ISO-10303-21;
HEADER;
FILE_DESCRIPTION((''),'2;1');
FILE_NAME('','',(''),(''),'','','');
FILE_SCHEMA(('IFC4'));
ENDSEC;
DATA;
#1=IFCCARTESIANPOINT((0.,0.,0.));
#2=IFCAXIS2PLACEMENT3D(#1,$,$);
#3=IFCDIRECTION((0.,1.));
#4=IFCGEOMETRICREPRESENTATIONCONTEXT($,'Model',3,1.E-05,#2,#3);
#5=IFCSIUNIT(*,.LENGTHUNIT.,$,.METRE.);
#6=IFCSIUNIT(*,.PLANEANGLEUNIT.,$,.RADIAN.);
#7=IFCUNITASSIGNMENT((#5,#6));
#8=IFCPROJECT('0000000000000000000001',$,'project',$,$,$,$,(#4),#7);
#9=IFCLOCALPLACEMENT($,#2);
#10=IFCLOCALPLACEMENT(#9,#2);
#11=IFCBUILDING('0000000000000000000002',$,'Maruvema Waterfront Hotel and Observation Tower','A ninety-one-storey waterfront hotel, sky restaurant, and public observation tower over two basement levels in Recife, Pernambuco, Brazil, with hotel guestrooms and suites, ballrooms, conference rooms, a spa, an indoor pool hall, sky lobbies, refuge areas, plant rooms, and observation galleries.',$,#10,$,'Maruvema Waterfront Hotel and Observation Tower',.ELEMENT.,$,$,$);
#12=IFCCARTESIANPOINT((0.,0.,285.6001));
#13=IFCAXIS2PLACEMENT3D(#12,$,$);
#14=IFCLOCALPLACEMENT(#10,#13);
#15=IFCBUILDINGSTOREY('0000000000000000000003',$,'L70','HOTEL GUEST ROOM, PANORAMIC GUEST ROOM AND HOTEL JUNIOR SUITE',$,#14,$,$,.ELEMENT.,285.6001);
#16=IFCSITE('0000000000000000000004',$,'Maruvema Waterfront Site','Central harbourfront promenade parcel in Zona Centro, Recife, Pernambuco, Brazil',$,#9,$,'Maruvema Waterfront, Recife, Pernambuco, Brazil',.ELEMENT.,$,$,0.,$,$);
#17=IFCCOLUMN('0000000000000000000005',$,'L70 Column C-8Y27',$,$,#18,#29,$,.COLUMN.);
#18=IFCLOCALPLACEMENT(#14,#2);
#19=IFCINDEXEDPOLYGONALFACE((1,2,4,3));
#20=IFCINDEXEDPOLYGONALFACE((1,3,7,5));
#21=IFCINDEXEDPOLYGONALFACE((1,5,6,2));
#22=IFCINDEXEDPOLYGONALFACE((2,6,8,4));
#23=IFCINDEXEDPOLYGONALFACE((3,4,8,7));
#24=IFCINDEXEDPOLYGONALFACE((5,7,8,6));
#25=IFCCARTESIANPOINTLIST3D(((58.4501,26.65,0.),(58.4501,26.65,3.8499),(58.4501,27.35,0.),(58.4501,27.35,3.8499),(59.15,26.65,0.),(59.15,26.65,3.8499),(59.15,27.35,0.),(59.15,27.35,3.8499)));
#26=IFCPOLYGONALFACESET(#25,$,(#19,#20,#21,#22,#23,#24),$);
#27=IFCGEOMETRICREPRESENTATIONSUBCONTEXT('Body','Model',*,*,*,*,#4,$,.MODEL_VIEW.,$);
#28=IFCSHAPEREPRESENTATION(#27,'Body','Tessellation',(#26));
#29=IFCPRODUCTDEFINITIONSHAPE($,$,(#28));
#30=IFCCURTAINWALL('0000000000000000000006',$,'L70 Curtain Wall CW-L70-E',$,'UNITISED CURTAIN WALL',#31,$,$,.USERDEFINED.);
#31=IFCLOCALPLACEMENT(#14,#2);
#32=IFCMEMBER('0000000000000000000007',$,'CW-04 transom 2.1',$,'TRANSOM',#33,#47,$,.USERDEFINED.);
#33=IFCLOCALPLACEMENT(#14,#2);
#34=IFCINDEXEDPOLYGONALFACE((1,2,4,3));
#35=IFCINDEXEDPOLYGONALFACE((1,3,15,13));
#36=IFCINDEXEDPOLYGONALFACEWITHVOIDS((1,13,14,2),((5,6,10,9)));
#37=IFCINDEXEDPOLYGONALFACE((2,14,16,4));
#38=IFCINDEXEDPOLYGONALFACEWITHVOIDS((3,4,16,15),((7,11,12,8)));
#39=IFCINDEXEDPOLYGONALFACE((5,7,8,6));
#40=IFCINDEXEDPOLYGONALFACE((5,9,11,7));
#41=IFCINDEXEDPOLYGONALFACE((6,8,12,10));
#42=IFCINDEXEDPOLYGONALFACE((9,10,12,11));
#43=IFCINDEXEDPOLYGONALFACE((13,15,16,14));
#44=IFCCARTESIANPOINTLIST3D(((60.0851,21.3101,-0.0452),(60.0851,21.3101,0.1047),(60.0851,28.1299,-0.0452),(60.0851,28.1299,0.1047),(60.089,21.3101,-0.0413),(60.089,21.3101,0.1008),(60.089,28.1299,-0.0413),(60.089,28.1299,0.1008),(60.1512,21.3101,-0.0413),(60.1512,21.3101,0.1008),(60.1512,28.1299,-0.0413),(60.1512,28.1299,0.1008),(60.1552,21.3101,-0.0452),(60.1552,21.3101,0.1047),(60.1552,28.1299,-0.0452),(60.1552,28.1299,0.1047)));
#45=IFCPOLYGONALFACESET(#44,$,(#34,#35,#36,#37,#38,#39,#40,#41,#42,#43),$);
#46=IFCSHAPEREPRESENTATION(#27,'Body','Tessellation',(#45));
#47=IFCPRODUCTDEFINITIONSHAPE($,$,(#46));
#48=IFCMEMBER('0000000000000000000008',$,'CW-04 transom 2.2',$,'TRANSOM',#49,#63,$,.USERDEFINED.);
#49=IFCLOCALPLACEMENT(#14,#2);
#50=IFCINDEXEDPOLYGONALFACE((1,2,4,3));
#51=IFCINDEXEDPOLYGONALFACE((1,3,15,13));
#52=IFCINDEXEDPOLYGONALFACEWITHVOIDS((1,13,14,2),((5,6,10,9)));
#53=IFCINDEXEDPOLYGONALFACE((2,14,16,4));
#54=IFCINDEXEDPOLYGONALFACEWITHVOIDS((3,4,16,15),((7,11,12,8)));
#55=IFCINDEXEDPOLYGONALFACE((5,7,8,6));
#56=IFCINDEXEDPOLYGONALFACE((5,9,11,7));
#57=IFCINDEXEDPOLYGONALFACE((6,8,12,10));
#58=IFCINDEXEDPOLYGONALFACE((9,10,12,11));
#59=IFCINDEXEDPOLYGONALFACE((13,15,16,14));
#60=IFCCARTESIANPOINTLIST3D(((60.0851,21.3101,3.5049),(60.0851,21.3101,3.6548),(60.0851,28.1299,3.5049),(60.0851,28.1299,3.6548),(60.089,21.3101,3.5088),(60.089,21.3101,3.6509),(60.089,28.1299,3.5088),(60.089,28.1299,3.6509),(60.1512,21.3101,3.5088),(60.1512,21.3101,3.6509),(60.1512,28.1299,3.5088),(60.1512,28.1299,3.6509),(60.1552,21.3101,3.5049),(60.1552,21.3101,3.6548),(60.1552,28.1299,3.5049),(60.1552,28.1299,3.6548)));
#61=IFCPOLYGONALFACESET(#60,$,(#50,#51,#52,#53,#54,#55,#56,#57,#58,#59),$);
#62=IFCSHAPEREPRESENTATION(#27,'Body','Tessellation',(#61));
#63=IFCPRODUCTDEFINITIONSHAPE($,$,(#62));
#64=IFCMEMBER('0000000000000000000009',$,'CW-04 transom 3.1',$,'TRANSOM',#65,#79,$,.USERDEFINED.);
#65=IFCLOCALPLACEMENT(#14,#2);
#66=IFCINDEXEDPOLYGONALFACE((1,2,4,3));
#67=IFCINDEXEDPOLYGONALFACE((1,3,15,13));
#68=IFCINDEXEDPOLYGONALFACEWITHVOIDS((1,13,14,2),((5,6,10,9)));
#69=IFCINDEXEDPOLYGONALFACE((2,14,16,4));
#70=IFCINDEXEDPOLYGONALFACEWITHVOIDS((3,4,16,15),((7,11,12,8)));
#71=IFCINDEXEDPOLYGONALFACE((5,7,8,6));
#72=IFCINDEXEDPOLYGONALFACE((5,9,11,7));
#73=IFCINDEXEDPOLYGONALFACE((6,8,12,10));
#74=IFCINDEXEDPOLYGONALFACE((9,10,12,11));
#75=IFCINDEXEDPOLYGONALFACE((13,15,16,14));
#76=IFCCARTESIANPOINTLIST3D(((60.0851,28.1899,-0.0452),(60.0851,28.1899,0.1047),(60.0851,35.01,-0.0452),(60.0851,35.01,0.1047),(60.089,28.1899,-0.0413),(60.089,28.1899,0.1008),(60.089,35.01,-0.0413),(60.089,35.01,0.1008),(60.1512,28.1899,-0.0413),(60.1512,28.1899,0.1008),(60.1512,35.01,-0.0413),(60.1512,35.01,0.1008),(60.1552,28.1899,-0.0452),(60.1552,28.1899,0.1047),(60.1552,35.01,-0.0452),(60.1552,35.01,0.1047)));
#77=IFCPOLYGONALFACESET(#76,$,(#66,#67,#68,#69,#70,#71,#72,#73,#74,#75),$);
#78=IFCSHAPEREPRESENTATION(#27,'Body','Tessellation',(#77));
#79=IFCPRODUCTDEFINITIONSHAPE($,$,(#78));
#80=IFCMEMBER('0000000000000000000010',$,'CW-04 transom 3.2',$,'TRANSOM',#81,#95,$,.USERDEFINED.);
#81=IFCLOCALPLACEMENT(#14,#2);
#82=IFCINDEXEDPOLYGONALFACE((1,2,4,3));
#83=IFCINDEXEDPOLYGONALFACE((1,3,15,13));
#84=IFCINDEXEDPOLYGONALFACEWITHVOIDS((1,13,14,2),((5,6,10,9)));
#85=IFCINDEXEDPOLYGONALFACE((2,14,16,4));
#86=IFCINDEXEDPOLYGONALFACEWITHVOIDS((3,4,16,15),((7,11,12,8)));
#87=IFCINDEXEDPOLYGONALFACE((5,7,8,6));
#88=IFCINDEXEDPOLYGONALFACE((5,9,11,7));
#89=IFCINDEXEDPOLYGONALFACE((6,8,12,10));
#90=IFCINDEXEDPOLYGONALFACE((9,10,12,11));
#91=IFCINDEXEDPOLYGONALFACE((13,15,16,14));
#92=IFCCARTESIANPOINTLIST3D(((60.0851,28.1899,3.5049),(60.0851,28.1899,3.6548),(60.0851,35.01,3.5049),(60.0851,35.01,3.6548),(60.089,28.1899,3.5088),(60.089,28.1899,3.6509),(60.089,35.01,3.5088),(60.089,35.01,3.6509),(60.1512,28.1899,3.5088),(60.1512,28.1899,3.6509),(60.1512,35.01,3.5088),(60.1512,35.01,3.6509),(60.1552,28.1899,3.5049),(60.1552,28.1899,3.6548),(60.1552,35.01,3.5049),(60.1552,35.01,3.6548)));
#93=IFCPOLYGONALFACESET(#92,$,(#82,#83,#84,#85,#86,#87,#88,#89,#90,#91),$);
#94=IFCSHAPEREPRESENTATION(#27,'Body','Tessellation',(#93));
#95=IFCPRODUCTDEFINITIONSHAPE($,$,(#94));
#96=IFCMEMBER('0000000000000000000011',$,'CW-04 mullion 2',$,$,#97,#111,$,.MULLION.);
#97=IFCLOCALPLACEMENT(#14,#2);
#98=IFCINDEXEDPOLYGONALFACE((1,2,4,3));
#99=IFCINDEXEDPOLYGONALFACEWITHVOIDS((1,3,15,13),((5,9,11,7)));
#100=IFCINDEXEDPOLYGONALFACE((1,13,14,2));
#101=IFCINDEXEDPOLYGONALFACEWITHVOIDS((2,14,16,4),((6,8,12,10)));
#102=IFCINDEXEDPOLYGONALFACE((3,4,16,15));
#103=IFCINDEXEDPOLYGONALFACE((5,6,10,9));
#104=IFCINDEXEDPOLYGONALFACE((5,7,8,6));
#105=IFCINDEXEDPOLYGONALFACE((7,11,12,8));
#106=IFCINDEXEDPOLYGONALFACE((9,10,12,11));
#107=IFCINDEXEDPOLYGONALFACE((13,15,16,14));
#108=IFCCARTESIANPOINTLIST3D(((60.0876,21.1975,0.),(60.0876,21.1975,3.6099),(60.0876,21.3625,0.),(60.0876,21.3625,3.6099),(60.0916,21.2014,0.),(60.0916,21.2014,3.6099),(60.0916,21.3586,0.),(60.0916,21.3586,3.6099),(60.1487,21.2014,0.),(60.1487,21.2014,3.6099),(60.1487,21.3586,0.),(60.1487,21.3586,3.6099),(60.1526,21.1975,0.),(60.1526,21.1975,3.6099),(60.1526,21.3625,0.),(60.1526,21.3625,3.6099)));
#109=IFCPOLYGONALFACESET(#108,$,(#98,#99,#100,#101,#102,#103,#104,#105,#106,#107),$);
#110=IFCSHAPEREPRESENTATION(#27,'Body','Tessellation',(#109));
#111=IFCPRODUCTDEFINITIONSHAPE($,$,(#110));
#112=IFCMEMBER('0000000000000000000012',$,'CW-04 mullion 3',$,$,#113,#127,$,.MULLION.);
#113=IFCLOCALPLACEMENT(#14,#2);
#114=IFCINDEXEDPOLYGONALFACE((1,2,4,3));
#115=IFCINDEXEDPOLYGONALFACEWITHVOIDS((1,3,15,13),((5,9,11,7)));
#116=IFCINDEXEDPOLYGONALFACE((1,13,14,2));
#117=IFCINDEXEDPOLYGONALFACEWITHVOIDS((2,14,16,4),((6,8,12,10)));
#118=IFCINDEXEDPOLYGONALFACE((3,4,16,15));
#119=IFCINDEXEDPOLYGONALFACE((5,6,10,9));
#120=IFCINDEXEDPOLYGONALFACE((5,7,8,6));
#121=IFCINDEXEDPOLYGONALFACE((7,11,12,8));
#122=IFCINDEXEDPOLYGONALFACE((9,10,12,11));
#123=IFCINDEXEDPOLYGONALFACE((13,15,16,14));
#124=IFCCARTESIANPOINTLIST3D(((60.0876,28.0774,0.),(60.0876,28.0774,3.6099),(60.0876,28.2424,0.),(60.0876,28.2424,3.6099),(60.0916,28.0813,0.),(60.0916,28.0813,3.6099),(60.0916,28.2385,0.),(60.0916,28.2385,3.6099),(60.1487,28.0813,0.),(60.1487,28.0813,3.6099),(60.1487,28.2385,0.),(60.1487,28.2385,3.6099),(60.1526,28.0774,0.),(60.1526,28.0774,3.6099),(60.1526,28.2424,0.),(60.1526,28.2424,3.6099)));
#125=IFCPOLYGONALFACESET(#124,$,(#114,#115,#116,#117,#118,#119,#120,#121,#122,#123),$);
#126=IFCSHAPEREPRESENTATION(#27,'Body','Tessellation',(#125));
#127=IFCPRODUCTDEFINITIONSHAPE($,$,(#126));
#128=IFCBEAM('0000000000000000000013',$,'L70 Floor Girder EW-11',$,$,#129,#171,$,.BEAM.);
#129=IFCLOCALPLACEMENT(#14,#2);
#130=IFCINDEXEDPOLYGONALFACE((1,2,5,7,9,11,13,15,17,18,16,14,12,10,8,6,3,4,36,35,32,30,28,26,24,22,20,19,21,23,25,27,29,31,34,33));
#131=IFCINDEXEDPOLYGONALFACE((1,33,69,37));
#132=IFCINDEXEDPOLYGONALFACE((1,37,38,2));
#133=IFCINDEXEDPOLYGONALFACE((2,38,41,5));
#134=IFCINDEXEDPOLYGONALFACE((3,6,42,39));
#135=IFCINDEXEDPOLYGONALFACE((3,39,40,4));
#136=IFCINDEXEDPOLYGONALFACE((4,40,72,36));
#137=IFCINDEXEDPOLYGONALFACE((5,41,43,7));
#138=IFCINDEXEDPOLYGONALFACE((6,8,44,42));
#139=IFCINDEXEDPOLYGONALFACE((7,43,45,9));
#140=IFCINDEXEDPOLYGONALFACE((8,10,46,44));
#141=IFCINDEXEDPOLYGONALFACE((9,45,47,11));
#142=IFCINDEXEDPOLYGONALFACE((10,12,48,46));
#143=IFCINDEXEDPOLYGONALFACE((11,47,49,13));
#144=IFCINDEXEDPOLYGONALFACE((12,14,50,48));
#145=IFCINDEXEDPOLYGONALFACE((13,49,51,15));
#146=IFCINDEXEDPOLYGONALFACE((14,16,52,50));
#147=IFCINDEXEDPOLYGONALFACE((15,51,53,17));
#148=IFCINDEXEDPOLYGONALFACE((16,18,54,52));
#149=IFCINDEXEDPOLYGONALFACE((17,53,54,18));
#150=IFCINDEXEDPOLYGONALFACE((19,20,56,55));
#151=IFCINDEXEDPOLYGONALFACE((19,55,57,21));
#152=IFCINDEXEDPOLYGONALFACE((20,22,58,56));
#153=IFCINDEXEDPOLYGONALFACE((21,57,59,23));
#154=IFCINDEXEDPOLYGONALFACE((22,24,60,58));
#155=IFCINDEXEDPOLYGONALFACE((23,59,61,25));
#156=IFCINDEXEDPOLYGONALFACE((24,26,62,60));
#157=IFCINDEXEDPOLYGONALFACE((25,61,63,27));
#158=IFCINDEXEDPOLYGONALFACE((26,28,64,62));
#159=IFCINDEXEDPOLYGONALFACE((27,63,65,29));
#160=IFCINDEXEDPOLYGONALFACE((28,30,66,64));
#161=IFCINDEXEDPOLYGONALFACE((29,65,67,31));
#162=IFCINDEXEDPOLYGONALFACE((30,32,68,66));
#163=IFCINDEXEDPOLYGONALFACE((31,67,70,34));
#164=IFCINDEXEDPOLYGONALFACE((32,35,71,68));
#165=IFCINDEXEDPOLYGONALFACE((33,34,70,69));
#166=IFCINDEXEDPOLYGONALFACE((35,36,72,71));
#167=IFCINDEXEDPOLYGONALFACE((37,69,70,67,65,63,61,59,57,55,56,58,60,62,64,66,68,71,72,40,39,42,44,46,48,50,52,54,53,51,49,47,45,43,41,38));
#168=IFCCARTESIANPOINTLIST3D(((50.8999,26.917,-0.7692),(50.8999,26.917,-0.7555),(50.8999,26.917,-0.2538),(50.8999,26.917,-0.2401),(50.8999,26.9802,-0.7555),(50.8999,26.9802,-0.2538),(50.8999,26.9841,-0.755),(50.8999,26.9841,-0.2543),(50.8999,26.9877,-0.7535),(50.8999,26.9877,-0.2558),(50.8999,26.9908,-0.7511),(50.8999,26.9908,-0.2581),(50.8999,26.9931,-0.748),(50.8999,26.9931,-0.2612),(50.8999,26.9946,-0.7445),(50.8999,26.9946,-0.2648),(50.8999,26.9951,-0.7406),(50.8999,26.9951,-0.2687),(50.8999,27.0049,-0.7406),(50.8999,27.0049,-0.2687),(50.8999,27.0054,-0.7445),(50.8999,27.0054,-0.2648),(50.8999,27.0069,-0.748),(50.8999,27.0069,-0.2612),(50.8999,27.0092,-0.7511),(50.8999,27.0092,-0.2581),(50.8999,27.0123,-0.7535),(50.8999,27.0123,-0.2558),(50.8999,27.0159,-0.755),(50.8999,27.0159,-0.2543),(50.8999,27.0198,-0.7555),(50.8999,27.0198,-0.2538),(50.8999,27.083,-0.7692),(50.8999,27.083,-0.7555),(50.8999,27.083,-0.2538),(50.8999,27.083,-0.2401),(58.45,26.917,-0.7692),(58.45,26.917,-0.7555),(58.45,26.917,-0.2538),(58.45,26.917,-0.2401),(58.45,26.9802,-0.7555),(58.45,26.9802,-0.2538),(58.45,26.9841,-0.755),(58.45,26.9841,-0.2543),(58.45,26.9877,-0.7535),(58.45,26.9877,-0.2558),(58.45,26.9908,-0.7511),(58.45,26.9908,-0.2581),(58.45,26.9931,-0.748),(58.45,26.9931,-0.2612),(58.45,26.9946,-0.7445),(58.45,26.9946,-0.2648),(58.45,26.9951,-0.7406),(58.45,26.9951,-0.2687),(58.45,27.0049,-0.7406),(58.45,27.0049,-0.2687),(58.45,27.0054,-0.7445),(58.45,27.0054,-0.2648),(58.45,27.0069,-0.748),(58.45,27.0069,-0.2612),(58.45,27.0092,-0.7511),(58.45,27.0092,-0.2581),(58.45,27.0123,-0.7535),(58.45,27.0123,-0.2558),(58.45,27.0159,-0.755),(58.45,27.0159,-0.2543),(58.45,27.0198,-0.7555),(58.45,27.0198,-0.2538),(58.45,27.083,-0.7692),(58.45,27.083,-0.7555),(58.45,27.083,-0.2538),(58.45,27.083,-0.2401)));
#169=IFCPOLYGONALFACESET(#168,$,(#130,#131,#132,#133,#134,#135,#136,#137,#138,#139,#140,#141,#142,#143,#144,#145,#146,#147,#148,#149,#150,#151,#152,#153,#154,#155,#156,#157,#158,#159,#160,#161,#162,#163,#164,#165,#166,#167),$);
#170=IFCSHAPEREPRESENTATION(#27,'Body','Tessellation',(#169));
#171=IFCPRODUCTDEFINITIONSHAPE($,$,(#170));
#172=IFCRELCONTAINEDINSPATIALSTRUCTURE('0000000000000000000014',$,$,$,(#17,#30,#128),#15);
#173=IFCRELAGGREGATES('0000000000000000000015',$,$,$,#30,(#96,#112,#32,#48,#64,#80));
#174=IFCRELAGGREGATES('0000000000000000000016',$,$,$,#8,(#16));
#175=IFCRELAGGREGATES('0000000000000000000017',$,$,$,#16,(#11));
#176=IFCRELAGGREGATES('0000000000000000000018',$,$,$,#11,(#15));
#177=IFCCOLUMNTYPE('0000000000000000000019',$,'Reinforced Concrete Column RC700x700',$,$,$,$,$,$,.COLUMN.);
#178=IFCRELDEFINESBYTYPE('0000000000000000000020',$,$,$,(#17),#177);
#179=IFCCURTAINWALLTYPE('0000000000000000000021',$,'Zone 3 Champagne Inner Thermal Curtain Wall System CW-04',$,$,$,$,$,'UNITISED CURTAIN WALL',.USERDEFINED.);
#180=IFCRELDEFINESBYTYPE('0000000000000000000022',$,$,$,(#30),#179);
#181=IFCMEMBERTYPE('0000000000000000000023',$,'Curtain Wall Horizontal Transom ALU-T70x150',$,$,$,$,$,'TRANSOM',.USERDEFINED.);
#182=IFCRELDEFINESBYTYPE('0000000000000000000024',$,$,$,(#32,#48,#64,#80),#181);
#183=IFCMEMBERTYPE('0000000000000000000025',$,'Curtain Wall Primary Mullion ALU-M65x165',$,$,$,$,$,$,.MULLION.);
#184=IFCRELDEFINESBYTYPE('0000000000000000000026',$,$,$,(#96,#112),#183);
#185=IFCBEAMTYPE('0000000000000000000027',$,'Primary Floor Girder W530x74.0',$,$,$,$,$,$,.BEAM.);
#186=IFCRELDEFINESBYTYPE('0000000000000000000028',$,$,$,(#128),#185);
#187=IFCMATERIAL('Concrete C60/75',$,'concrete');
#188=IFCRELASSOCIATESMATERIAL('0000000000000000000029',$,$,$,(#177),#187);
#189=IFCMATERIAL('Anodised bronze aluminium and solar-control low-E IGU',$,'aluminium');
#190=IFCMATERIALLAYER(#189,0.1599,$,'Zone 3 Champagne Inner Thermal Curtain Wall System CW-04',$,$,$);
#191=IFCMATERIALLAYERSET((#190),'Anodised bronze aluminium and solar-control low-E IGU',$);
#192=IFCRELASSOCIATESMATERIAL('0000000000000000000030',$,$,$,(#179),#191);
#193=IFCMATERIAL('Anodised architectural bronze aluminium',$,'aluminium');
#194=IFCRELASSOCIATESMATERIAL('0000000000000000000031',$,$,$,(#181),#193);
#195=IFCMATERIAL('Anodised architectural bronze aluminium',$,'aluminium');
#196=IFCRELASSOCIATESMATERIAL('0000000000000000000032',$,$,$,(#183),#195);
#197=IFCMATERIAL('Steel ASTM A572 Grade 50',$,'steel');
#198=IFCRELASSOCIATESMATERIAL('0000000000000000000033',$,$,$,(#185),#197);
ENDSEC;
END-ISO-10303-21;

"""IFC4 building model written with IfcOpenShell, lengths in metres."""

from ifc_helpers import new_model, si_unit, direction, frame, origin, origin_2d, place, context, subcontext, project, spatial, rectangle, hollow_rectangle, i_section, extrude, material, layer, layer_set, material_profile, profile_set, type_object, element, aggregate, save


model = new_model("IFC4")

# Units and contexts
model_context = context("Model", 3, precision=1e-05, world=origin(), true_north=direction((0.0, 1.0)))
body_context = subcontext(model_context, "Body", "Model", "MODEL_VIEW")
ifc_project = project(units=[si_unit("LENGTHUNIT", "METRE"), si_unit("PLANEANGLEUNIT", "RADIAN")], contexts=[model_context])

# Site, building, storey
site_placement = place(None, origin())
site = spatial("IfcSite", under=ifc_project, at=site_placement, Name="Maruvema Waterfront Site", Description="Central harbourfront promenade parcel in Zona Centro, Recife, Pernambuco, Brazil", LongName="Maruvema Waterfront, Recife, Pernambuco, Brazil", CompositionType="ELEMENT", RefElevation=0.0)
building_placement = place(site_placement, origin())
building = spatial("IfcBuilding", under=site, at=building_placement, Name="Maruvema Waterfront Hotel and Observation Tower", Description="A ninety-one-storey waterfront hotel, sky restaurant, and public observation tower over two basement levels in Recife, Pernambuco, Brazil, with hotel guestrooms and suites, ballrooms, conference rooms, a spa, an indoor pool hall, sky lobbies, refuge areas, plant rooms, and observation galleries.", LongName="Maruvema Waterfront Hotel and Observation Tower", CompositionType="ELEMENT")
storey_placement = place(building_placement, frame((0.0, 0.0, 285.6001)))
storey = spatial("IfcBuildingStorey", under=building, at=storey_placement, Name="L70", Description="HOTEL GUEST ROOM, PANORAMIC GUEST ROOM AND HOTEL JUNIOR SUITE", CompositionType="ELEMENT", Elevation=285.6001)

# Column
ifc_material_1 = material(Name="Concrete C60/75", Category="concrete")
ifc_material_profile_1 = material_profile(ifc_material_1, rectangle(XDim=0.7, YDim=0.7, at=origin_2d()), Name="RC700x700")
ifc_profile_set_1 = profile_set([ifc_material_profile_1], Name="Concrete C60/75")
column_type = type_object("IfcColumnType", Name="Reinforced Concrete Column RC700x700", PredefinedType="COLUMN", material=ifc_profile_set_1)
column_placement = place(storey_placement, frame((58.8, 27.0, 0.0), z_axis=(0.0, 0.0, 1.0), x_axis=(1.0, 0.0, 0.0)))
element("IfcColumn", 1, at=column_placement, inside=storey, type_object=column_type, Name="L70 Column C-8Y27", PredefinedType="COLUMN", context=body_context, shape_type="SweptSolid", body=[
    extrude(rectangle(XDim=0.7, YDim=0.7, at=origin_2d()), origin(), (0.0, 0.0, 1.0), 3.8499),
])

# Curtain wall, members
ifc_material_2 = material(Name="Anodised bronze aluminium and solar-control low-E IGU", Category="aluminium")
ifc_layer_1 = layer(ifc_material_2, 0.1599, Name="Zone 3 Champagne Inner Thermal Curtain Wall System CW-04")
ifc_layer_set_1 = layer_set([ifc_layer_1], Name="Anodised bronze aluminium and solar-control low-E IGU")
curtain_wall_type = type_object("IfcCurtainWallType", Name="Zone 3 Champagne Inner Thermal Curtain Wall System CW-04", ElementType="UNITISED CURTAIN WALL", PredefinedType="USERDEFINED", material=ifc_layer_set_1)
curtain_wall_placement = place(storey_placement, origin())
curtain_wall = element("IfcCurtainWall", 2, at=curtain_wall_placement, inside=storey, type_object=curtain_wall_type, Name="L70 Curtain Wall CW-L70-E", ObjectType="UNITISED CURTAIN WALL", PredefinedType="USERDEFINED")
ifc_material_3 = material(Name="Anodised architectural bronze aluminium", Category="aluminium")
ifc_material_profile_2 = material_profile(ifc_material_3, hollow_rectangle(XDim=0.0701, YDim=0.1499, WallThickness=0.0039, at=origin_2d()), Name="ALU-T70x150")
ifc_profile_set_2 = profile_set([ifc_material_profile_2], Name="Anodised architectural bronze aluminium")
member_type_1 = type_object("IfcMemberType", Name="Curtain Wall Horizontal Transom ALU-T70x150", ElementType="TRANSOM", PredefinedType="USERDEFINED", material=ifc_profile_set_2)
member_1_placement = place(storey_placement, frame((60.1201, 21.3101, 0.0298), z_axis=(0.0, 1.0, 0.0), x_axis=(-1.0, 0.0, 0.0)))
member_1 = element("IfcMember", 3, at=member_1_placement, type_object=member_type_1, Name="CW-04 transom 2.1", ObjectType="TRANSOM", PredefinedType="USERDEFINED", context=body_context, shape_type="SweptSolid", body=[
    extrude(hollow_rectangle(XDim=0.0701, YDim=0.1499, WallThickness=0.0039, at=origin_2d()), origin(), (0.0, 0.0, 1.0), 6.8198),
])
member_2_placement = place(storey_placement, frame((60.1201, 21.3101, 3.5798), z_axis=(0.0, 1.0, 0.0), x_axis=(-1.0, 0.0, 0.0)))
member_2 = element("IfcMember", 4, at=member_2_placement, type_object=member_type_1, Name="CW-04 transom 2.2", ObjectType="TRANSOM", PredefinedType="USERDEFINED", context=body_context, shape_type="SweptSolid", body=[
    extrude(hollow_rectangle(XDim=0.0701, YDim=0.1499, WallThickness=0.0039, at=origin_2d()), origin(), (0.0, 0.0, 1.0), 6.8198),
])
member_3_placement = place(storey_placement, frame((60.1201, 28.1899, 0.0298), z_axis=(0.0, 1.0, 0.0), x_axis=(-1.0, 0.0, 0.0)))
member_3 = element("IfcMember", 5, at=member_3_placement, type_object=member_type_1, Name="CW-04 transom 3.1", ObjectType="TRANSOM", PredefinedType="USERDEFINED", context=body_context, shape_type="SweptSolid", body=[
    extrude(hollow_rectangle(XDim=0.0701, YDim=0.1499, WallThickness=0.0039, at=origin_2d()), origin(), (0.0, 0.0, 1.0), 6.8201),
])
member_4_placement = place(storey_placement, frame((60.1201, 28.1899, 3.5798), z_axis=(0.0, 1.0, 0.0), x_axis=(-1.0, 0.0, 0.0)))
member_4 = element("IfcMember", 6, at=member_4_placement, type_object=member_type_1, Name="CW-04 transom 3.2", ObjectType="TRANSOM", PredefinedType="USERDEFINED", context=body_context, shape_type="SweptSolid", body=[
    extrude(hollow_rectangle(XDim=0.0701, YDim=0.1499, WallThickness=0.0039, at=origin_2d()), origin(), (0.0, 0.0, 1.0), 6.8201),
])
ifc_material_4 = material(Name="Anodised architectural bronze aluminium", Category="aluminium")
ifc_material_profile_3 = material_profile(ifc_material_4, hollow_rectangle(XDim=0.0649, YDim=0.165, WallThickness=0.0039, at=origin_2d()), Name="ALU-M65x165")
ifc_profile_set_3 = profile_set([ifc_material_profile_3], Name="Anodised architectural bronze aluminium")
member_type_2 = type_object("IfcMemberType", Name="Curtain Wall Primary Mullion ALU-M65x165", PredefinedType="MULLION", material=ifc_profile_set_3)
member_5_placement = place(storey_placement, frame((60.1201, 21.28, 0.0), z_axis=(0.0, 0.0, 1.0), x_axis=(-1.0, 0.0, 0.0)))
member_5 = element("IfcMember", 7, at=member_5_placement, type_object=member_type_2, Name="CW-04 mullion 2", PredefinedType="MULLION", context=body_context, shape_type="SweptSolid", body=[
    extrude(hollow_rectangle(XDim=0.0649, YDim=0.165, WallThickness=0.0039, at=origin_2d()), origin(), (0.0, 0.0, 1.0), 3.6099),
])
member_6_placement = place(storey_placement, frame((60.1201, 28.1599, 0.0), z_axis=(0.0, 0.0, 1.0), x_axis=(-1.0, 0.0, 0.0)))
member_6 = element("IfcMember", 8, at=member_6_placement, type_object=member_type_2, Name="CW-04 mullion 3", PredefinedType="MULLION", context=body_context, shape_type="SweptSolid", body=[
    extrude(hollow_rectangle(XDim=0.0649, YDim=0.165, WallThickness=0.0039, at=origin_2d()), origin(), (0.0, 0.0, 1.0), 3.6099),
])

# Beam
ifc_material_5 = material(Name="Steel ASTM A572 Grade 50", Category="steel")
ifc_material_profile_4 = material_profile(ifc_material_5, i_section(OverallWidth=0.166, OverallDepth=0.5291, WebThickness=0.0098, FlangeThickness=0.0137, FilletRadius=0.0149, at=origin_2d()), Name="W530x74.0")
ifc_profile_set_4 = profile_set([ifc_material_profile_4], Name="Steel ASTM A572 Grade 50")
beam_type_1 = type_object("IfcBeamType", Name="Primary Floor Girder W530x74.0", PredefinedType="BEAM", material=ifc_profile_set_4)
beam_1_placement = place(storey_placement, frame((50.8999, 27.0, -0.5046), z_axis=(1.0, 0.0, 0.0), x_axis=(0.0, 1.0, 0.0)))
element("IfcBeam", 9, at=beam_1_placement, inside=storey, type_object=beam_type_1, Name="L70 Floor Girder EW-11", PredefinedType="BEAM", context=body_context, shape_type="SweptSolid", body=[
    extrude(i_section(OverallWidth=0.166, OverallDepth=0.5291, WebThickness=0.0098, FlangeThickness=0.0137, FilletRadius=0.0149, at=origin_2d()), origin(), (0.0, 0.0, 1.0), 7.55),
])

aggregate(curtain_wall, [member_5, member_6, member_1, member_2, member_3, member_4])

save(model, "model.ifc")
